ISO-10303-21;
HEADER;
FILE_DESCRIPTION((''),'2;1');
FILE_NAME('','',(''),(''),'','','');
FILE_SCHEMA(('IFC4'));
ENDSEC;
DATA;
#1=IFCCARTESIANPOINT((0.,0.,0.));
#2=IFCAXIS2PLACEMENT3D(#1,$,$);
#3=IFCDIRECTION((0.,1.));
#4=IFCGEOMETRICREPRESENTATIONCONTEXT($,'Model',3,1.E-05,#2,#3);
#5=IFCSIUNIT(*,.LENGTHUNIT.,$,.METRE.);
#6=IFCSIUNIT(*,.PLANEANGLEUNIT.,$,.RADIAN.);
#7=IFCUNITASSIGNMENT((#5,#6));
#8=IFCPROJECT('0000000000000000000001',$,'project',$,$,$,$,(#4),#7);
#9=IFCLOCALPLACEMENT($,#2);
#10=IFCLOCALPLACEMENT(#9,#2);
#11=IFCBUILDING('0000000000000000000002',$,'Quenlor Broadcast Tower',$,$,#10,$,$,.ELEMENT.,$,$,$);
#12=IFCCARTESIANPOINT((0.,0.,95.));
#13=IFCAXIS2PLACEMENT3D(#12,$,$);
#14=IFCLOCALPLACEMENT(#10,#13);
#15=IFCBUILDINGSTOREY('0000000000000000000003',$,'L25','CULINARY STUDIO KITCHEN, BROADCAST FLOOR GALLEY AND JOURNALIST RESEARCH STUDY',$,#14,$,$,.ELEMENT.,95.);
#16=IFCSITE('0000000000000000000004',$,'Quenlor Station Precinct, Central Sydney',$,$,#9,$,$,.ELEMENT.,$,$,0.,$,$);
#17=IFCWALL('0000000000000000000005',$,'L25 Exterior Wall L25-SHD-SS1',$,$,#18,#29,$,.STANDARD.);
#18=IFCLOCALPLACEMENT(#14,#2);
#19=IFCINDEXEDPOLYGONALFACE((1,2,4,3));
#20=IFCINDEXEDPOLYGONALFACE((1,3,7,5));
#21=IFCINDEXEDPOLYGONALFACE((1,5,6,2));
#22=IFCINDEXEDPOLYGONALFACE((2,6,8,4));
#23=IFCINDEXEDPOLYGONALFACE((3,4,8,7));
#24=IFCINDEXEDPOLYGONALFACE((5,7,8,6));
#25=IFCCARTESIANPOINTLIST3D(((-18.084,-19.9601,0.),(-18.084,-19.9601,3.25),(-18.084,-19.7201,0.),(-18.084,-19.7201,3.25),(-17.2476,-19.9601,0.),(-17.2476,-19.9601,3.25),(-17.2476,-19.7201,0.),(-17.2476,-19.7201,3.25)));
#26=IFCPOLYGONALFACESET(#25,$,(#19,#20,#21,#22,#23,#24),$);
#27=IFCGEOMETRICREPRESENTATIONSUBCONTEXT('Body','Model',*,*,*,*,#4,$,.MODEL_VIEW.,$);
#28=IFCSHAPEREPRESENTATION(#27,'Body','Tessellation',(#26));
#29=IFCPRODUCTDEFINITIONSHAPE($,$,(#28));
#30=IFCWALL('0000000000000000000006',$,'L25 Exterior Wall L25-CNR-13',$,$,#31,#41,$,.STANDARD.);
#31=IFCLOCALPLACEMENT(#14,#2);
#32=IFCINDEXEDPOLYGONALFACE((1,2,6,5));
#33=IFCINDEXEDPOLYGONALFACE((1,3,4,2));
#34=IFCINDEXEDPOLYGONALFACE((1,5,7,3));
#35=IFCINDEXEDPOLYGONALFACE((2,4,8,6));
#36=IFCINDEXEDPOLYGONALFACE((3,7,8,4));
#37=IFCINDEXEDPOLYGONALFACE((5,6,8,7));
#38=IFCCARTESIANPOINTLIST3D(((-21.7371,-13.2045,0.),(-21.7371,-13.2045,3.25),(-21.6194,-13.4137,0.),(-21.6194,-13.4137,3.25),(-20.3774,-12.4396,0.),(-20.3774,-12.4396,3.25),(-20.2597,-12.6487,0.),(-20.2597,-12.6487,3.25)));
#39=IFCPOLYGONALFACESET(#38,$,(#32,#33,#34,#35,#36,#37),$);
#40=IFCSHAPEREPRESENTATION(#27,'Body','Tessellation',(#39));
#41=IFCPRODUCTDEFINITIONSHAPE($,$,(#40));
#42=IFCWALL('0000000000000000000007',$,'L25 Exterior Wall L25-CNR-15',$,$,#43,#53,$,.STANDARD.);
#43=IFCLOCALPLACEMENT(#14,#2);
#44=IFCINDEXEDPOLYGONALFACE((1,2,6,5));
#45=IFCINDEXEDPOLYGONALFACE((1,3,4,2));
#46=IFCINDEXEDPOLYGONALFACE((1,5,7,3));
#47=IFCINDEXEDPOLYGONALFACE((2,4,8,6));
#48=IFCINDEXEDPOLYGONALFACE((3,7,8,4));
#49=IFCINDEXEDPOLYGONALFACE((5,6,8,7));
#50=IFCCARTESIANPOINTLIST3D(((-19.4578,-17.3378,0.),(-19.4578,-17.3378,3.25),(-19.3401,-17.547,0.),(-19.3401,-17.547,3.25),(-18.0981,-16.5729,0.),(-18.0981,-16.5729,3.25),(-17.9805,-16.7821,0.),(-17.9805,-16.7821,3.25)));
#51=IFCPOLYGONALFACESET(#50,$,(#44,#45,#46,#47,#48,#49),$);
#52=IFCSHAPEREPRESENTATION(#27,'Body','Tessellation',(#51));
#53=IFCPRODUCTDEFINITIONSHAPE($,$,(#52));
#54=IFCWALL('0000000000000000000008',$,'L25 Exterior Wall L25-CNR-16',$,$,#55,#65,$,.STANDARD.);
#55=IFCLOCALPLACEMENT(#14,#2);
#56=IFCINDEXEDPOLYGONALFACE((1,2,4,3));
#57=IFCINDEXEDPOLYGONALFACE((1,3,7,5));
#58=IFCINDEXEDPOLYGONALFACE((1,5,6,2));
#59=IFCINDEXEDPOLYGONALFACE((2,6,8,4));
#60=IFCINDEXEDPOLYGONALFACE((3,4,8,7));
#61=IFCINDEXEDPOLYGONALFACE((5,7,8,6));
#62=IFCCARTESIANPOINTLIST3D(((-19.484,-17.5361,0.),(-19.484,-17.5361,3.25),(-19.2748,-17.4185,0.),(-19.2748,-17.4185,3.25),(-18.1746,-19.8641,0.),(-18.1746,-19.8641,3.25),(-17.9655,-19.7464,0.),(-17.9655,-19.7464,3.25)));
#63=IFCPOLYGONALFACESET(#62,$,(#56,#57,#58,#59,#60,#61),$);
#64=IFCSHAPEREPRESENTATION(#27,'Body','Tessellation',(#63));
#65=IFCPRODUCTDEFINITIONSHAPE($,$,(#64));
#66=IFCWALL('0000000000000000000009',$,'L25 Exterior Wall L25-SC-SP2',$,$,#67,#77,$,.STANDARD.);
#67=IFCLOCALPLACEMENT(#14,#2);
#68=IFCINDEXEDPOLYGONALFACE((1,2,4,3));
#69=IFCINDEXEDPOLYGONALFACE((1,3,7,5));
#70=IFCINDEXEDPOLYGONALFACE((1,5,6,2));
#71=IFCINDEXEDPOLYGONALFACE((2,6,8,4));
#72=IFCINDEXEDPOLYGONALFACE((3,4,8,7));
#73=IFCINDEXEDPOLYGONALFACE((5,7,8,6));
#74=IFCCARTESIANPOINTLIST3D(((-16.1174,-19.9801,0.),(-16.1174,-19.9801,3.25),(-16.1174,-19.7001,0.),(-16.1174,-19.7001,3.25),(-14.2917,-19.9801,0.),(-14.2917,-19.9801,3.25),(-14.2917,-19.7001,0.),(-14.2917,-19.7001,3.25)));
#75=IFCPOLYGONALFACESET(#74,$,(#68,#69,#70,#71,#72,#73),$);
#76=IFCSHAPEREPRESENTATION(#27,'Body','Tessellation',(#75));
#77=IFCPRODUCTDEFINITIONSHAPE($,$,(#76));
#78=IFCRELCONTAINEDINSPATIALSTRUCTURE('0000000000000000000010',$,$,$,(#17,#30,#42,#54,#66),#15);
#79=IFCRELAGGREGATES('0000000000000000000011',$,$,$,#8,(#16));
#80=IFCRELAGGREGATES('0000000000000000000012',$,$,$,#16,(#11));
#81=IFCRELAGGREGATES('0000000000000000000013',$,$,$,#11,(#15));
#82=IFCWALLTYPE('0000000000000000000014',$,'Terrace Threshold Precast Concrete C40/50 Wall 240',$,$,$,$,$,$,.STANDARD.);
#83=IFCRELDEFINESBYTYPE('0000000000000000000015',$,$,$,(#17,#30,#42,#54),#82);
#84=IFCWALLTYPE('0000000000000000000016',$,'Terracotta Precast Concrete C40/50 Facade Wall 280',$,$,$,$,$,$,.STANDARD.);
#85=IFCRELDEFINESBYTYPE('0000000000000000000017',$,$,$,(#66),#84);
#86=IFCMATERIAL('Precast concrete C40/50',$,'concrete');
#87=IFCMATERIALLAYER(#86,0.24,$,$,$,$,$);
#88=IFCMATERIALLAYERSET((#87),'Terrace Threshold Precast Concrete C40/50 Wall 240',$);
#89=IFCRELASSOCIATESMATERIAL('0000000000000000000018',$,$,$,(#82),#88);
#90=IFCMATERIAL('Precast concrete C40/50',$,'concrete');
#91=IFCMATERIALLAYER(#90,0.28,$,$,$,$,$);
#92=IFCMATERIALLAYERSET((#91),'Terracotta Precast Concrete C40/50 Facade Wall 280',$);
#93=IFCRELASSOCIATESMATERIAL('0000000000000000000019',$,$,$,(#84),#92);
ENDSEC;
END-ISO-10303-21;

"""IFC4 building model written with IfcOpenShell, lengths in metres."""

from ifc_helpers import new_model, si_unit, direction, frame, frame_2d, origin, place, context, subcontext, project, spatial, rectangle, extrude, material, layer, layer_set, type_object, element, save


model = new_model("IFC4")

# Units and contexts
model_context = context("Model", 3, precision=1e-05, world=origin(), true_north=direction((0.0, 1.0)))
body_context = subcontext(model_context, "Body", "Model", "MODEL_VIEW")
ifc_project = project(units=[si_unit("LENGTHUNIT", "METRE"), si_unit("PLANEANGLEUNIT", "RADIAN")], contexts=[model_context])

# Site, building, storey
site_placement = place(None, origin())
site = spatial("IfcSite", under=ifc_project, at=site_placement, Name="Quenlor Station Precinct, Central Sydney", CompositionType="ELEMENT", RefElevation=0.0)
building_placement = place(site_placement, origin())
building = spatial("IfcBuilding", under=site, at=building_placement, Name="Quenlor Broadcast Tower", CompositionType="ELEMENT")
storey_placement = place(building_placement, frame((0.0, 0.0, 95.0)))
storey = spatial("IfcBuildingStorey", under=building, at=storey_placement, Name="L25", Description="CULINARY STUDIO KITCHEN, BROADCAST FLOOR GALLEY AND JOURNALIST RESEARCH STUDY", CompositionType="ELEMENT", Elevation=95.0)

# Walls
ifc_material_1 = material(Name="Precast concrete C40/50", Category="concrete")
ifc_layer_1 = layer(ifc_material_1, 0.24)
ifc_layer_set_1 = layer_set([ifc_layer_1], Name="Terrace Threshold Precast Concrete C40/50 Wall 240")
wall_type_1 = type_object("IfcWallType", Name="Terrace Threshold Precast Concrete C40/50 Wall 240", PredefinedType="STANDARD", material=ifc_layer_set_1)
wall_1_placement = place(storey_placement, frame((-17.2476, -19.8401, 0.0), z_axis=(0.0, 0.0, 1.0), x_axis=(-1.0, 0.0, 0.0)))
element("IfcWall", 1, at=wall_1_placement, inside=storey, type_object=wall_type_1, Name="L25 Exterior Wall L25-SHD-SS1", PredefinedType="STANDARD", context=body_context, shape_type="SweptSolid", body=[
    extrude(rectangle(XDim=0.8364, YDim=0.24, at=frame_2d((0.4182, 0.0))), origin(), (0.0, 0.0, 1.0), 3.25),
])
for number, where, z_axis, x_axis, name in (
    (2, (-21.6782, -13.3091, 0.0), (0.0, 0.0, 1.0), (0.871546, 0.490313, 0.0), "L25 Exterior Wall L25-CNR-13"),
    (3, (-18.0393, -16.6775, 0.0), (0.0, 0.0, 1.0), (-0.871546, -0.490313, 0.0), "L25 Exterior Wall L25-CNR-15"),
):
    element("IfcWall", number, at=place(storey_placement, frame(where, z_axis=z_axis, x_axis=x_axis)), inside=storey, type_object=wall_type_1, Name=name, PredefinedType="STANDARD", context=body_context, shape_type="SweptSolid", body=[
        extrude(rectangle(XDim=1.5601, YDim=0.24, at=frame_2d((0.78, 0.0))), origin(), (0.0, 0.0, 1.0), 3.25),
    ])
wall_2_placement = place(storey_placement, frame((-19.3794, -17.4773, 0.0), z_axis=(0.0, 0.0, 1.0), x_axis=(0.490231, -0.871593, 0.0)))
element("IfcWall", 4, at=wall_2_placement, inside=storey, type_object=wall_type_1, Name="L25 Exterior Wall L25-CNR-16", PredefinedType="STANDARD", context=body_context, shape_type="SweptSolid", body=[
    extrude(rectangle(XDim=2.6709, YDim=0.24, at=frame_2d((1.3354, 0.0))), origin(), (0.0, 0.0, 1.0), 3.25),
])
ifc_material_2 = material(Name="Precast concrete C40/50", Category="concrete")
ifc_layer_2 = layer(ifc_material_2, 0.28)
ifc_layer_set_2 = layer_set([ifc_layer_2], Name="Terracotta Precast Concrete C40/50 Facade Wall 280")
wall_type_2 = type_object("IfcWallType", Name="Terracotta Precast Concrete C40/50 Facade Wall 280", PredefinedType="STANDARD", material=ifc_layer_set_2)
wall_3_placement = place(storey_placement, frame((-14.2917, -19.8401, 0.0), z_axis=(0.0, 0.0, 1.0), x_axis=(-1.0, 0.0, 0.0)))
element("IfcWall", 5, at=wall_3_placement, inside=storey, type_object=wall_type_2, Name="L25 Exterior Wall L25-SC-SP2", PredefinedType="STANDARD", context=body_context, shape_type="SweptSolid", body=[
    extrude(rectangle(XDim=1.8257, YDim=0.28, at=frame_2d((0.9128, 0.0))), origin(), (0.0, 0.0, 1.0), 3.25),
])

save(model, "model.ifc")
